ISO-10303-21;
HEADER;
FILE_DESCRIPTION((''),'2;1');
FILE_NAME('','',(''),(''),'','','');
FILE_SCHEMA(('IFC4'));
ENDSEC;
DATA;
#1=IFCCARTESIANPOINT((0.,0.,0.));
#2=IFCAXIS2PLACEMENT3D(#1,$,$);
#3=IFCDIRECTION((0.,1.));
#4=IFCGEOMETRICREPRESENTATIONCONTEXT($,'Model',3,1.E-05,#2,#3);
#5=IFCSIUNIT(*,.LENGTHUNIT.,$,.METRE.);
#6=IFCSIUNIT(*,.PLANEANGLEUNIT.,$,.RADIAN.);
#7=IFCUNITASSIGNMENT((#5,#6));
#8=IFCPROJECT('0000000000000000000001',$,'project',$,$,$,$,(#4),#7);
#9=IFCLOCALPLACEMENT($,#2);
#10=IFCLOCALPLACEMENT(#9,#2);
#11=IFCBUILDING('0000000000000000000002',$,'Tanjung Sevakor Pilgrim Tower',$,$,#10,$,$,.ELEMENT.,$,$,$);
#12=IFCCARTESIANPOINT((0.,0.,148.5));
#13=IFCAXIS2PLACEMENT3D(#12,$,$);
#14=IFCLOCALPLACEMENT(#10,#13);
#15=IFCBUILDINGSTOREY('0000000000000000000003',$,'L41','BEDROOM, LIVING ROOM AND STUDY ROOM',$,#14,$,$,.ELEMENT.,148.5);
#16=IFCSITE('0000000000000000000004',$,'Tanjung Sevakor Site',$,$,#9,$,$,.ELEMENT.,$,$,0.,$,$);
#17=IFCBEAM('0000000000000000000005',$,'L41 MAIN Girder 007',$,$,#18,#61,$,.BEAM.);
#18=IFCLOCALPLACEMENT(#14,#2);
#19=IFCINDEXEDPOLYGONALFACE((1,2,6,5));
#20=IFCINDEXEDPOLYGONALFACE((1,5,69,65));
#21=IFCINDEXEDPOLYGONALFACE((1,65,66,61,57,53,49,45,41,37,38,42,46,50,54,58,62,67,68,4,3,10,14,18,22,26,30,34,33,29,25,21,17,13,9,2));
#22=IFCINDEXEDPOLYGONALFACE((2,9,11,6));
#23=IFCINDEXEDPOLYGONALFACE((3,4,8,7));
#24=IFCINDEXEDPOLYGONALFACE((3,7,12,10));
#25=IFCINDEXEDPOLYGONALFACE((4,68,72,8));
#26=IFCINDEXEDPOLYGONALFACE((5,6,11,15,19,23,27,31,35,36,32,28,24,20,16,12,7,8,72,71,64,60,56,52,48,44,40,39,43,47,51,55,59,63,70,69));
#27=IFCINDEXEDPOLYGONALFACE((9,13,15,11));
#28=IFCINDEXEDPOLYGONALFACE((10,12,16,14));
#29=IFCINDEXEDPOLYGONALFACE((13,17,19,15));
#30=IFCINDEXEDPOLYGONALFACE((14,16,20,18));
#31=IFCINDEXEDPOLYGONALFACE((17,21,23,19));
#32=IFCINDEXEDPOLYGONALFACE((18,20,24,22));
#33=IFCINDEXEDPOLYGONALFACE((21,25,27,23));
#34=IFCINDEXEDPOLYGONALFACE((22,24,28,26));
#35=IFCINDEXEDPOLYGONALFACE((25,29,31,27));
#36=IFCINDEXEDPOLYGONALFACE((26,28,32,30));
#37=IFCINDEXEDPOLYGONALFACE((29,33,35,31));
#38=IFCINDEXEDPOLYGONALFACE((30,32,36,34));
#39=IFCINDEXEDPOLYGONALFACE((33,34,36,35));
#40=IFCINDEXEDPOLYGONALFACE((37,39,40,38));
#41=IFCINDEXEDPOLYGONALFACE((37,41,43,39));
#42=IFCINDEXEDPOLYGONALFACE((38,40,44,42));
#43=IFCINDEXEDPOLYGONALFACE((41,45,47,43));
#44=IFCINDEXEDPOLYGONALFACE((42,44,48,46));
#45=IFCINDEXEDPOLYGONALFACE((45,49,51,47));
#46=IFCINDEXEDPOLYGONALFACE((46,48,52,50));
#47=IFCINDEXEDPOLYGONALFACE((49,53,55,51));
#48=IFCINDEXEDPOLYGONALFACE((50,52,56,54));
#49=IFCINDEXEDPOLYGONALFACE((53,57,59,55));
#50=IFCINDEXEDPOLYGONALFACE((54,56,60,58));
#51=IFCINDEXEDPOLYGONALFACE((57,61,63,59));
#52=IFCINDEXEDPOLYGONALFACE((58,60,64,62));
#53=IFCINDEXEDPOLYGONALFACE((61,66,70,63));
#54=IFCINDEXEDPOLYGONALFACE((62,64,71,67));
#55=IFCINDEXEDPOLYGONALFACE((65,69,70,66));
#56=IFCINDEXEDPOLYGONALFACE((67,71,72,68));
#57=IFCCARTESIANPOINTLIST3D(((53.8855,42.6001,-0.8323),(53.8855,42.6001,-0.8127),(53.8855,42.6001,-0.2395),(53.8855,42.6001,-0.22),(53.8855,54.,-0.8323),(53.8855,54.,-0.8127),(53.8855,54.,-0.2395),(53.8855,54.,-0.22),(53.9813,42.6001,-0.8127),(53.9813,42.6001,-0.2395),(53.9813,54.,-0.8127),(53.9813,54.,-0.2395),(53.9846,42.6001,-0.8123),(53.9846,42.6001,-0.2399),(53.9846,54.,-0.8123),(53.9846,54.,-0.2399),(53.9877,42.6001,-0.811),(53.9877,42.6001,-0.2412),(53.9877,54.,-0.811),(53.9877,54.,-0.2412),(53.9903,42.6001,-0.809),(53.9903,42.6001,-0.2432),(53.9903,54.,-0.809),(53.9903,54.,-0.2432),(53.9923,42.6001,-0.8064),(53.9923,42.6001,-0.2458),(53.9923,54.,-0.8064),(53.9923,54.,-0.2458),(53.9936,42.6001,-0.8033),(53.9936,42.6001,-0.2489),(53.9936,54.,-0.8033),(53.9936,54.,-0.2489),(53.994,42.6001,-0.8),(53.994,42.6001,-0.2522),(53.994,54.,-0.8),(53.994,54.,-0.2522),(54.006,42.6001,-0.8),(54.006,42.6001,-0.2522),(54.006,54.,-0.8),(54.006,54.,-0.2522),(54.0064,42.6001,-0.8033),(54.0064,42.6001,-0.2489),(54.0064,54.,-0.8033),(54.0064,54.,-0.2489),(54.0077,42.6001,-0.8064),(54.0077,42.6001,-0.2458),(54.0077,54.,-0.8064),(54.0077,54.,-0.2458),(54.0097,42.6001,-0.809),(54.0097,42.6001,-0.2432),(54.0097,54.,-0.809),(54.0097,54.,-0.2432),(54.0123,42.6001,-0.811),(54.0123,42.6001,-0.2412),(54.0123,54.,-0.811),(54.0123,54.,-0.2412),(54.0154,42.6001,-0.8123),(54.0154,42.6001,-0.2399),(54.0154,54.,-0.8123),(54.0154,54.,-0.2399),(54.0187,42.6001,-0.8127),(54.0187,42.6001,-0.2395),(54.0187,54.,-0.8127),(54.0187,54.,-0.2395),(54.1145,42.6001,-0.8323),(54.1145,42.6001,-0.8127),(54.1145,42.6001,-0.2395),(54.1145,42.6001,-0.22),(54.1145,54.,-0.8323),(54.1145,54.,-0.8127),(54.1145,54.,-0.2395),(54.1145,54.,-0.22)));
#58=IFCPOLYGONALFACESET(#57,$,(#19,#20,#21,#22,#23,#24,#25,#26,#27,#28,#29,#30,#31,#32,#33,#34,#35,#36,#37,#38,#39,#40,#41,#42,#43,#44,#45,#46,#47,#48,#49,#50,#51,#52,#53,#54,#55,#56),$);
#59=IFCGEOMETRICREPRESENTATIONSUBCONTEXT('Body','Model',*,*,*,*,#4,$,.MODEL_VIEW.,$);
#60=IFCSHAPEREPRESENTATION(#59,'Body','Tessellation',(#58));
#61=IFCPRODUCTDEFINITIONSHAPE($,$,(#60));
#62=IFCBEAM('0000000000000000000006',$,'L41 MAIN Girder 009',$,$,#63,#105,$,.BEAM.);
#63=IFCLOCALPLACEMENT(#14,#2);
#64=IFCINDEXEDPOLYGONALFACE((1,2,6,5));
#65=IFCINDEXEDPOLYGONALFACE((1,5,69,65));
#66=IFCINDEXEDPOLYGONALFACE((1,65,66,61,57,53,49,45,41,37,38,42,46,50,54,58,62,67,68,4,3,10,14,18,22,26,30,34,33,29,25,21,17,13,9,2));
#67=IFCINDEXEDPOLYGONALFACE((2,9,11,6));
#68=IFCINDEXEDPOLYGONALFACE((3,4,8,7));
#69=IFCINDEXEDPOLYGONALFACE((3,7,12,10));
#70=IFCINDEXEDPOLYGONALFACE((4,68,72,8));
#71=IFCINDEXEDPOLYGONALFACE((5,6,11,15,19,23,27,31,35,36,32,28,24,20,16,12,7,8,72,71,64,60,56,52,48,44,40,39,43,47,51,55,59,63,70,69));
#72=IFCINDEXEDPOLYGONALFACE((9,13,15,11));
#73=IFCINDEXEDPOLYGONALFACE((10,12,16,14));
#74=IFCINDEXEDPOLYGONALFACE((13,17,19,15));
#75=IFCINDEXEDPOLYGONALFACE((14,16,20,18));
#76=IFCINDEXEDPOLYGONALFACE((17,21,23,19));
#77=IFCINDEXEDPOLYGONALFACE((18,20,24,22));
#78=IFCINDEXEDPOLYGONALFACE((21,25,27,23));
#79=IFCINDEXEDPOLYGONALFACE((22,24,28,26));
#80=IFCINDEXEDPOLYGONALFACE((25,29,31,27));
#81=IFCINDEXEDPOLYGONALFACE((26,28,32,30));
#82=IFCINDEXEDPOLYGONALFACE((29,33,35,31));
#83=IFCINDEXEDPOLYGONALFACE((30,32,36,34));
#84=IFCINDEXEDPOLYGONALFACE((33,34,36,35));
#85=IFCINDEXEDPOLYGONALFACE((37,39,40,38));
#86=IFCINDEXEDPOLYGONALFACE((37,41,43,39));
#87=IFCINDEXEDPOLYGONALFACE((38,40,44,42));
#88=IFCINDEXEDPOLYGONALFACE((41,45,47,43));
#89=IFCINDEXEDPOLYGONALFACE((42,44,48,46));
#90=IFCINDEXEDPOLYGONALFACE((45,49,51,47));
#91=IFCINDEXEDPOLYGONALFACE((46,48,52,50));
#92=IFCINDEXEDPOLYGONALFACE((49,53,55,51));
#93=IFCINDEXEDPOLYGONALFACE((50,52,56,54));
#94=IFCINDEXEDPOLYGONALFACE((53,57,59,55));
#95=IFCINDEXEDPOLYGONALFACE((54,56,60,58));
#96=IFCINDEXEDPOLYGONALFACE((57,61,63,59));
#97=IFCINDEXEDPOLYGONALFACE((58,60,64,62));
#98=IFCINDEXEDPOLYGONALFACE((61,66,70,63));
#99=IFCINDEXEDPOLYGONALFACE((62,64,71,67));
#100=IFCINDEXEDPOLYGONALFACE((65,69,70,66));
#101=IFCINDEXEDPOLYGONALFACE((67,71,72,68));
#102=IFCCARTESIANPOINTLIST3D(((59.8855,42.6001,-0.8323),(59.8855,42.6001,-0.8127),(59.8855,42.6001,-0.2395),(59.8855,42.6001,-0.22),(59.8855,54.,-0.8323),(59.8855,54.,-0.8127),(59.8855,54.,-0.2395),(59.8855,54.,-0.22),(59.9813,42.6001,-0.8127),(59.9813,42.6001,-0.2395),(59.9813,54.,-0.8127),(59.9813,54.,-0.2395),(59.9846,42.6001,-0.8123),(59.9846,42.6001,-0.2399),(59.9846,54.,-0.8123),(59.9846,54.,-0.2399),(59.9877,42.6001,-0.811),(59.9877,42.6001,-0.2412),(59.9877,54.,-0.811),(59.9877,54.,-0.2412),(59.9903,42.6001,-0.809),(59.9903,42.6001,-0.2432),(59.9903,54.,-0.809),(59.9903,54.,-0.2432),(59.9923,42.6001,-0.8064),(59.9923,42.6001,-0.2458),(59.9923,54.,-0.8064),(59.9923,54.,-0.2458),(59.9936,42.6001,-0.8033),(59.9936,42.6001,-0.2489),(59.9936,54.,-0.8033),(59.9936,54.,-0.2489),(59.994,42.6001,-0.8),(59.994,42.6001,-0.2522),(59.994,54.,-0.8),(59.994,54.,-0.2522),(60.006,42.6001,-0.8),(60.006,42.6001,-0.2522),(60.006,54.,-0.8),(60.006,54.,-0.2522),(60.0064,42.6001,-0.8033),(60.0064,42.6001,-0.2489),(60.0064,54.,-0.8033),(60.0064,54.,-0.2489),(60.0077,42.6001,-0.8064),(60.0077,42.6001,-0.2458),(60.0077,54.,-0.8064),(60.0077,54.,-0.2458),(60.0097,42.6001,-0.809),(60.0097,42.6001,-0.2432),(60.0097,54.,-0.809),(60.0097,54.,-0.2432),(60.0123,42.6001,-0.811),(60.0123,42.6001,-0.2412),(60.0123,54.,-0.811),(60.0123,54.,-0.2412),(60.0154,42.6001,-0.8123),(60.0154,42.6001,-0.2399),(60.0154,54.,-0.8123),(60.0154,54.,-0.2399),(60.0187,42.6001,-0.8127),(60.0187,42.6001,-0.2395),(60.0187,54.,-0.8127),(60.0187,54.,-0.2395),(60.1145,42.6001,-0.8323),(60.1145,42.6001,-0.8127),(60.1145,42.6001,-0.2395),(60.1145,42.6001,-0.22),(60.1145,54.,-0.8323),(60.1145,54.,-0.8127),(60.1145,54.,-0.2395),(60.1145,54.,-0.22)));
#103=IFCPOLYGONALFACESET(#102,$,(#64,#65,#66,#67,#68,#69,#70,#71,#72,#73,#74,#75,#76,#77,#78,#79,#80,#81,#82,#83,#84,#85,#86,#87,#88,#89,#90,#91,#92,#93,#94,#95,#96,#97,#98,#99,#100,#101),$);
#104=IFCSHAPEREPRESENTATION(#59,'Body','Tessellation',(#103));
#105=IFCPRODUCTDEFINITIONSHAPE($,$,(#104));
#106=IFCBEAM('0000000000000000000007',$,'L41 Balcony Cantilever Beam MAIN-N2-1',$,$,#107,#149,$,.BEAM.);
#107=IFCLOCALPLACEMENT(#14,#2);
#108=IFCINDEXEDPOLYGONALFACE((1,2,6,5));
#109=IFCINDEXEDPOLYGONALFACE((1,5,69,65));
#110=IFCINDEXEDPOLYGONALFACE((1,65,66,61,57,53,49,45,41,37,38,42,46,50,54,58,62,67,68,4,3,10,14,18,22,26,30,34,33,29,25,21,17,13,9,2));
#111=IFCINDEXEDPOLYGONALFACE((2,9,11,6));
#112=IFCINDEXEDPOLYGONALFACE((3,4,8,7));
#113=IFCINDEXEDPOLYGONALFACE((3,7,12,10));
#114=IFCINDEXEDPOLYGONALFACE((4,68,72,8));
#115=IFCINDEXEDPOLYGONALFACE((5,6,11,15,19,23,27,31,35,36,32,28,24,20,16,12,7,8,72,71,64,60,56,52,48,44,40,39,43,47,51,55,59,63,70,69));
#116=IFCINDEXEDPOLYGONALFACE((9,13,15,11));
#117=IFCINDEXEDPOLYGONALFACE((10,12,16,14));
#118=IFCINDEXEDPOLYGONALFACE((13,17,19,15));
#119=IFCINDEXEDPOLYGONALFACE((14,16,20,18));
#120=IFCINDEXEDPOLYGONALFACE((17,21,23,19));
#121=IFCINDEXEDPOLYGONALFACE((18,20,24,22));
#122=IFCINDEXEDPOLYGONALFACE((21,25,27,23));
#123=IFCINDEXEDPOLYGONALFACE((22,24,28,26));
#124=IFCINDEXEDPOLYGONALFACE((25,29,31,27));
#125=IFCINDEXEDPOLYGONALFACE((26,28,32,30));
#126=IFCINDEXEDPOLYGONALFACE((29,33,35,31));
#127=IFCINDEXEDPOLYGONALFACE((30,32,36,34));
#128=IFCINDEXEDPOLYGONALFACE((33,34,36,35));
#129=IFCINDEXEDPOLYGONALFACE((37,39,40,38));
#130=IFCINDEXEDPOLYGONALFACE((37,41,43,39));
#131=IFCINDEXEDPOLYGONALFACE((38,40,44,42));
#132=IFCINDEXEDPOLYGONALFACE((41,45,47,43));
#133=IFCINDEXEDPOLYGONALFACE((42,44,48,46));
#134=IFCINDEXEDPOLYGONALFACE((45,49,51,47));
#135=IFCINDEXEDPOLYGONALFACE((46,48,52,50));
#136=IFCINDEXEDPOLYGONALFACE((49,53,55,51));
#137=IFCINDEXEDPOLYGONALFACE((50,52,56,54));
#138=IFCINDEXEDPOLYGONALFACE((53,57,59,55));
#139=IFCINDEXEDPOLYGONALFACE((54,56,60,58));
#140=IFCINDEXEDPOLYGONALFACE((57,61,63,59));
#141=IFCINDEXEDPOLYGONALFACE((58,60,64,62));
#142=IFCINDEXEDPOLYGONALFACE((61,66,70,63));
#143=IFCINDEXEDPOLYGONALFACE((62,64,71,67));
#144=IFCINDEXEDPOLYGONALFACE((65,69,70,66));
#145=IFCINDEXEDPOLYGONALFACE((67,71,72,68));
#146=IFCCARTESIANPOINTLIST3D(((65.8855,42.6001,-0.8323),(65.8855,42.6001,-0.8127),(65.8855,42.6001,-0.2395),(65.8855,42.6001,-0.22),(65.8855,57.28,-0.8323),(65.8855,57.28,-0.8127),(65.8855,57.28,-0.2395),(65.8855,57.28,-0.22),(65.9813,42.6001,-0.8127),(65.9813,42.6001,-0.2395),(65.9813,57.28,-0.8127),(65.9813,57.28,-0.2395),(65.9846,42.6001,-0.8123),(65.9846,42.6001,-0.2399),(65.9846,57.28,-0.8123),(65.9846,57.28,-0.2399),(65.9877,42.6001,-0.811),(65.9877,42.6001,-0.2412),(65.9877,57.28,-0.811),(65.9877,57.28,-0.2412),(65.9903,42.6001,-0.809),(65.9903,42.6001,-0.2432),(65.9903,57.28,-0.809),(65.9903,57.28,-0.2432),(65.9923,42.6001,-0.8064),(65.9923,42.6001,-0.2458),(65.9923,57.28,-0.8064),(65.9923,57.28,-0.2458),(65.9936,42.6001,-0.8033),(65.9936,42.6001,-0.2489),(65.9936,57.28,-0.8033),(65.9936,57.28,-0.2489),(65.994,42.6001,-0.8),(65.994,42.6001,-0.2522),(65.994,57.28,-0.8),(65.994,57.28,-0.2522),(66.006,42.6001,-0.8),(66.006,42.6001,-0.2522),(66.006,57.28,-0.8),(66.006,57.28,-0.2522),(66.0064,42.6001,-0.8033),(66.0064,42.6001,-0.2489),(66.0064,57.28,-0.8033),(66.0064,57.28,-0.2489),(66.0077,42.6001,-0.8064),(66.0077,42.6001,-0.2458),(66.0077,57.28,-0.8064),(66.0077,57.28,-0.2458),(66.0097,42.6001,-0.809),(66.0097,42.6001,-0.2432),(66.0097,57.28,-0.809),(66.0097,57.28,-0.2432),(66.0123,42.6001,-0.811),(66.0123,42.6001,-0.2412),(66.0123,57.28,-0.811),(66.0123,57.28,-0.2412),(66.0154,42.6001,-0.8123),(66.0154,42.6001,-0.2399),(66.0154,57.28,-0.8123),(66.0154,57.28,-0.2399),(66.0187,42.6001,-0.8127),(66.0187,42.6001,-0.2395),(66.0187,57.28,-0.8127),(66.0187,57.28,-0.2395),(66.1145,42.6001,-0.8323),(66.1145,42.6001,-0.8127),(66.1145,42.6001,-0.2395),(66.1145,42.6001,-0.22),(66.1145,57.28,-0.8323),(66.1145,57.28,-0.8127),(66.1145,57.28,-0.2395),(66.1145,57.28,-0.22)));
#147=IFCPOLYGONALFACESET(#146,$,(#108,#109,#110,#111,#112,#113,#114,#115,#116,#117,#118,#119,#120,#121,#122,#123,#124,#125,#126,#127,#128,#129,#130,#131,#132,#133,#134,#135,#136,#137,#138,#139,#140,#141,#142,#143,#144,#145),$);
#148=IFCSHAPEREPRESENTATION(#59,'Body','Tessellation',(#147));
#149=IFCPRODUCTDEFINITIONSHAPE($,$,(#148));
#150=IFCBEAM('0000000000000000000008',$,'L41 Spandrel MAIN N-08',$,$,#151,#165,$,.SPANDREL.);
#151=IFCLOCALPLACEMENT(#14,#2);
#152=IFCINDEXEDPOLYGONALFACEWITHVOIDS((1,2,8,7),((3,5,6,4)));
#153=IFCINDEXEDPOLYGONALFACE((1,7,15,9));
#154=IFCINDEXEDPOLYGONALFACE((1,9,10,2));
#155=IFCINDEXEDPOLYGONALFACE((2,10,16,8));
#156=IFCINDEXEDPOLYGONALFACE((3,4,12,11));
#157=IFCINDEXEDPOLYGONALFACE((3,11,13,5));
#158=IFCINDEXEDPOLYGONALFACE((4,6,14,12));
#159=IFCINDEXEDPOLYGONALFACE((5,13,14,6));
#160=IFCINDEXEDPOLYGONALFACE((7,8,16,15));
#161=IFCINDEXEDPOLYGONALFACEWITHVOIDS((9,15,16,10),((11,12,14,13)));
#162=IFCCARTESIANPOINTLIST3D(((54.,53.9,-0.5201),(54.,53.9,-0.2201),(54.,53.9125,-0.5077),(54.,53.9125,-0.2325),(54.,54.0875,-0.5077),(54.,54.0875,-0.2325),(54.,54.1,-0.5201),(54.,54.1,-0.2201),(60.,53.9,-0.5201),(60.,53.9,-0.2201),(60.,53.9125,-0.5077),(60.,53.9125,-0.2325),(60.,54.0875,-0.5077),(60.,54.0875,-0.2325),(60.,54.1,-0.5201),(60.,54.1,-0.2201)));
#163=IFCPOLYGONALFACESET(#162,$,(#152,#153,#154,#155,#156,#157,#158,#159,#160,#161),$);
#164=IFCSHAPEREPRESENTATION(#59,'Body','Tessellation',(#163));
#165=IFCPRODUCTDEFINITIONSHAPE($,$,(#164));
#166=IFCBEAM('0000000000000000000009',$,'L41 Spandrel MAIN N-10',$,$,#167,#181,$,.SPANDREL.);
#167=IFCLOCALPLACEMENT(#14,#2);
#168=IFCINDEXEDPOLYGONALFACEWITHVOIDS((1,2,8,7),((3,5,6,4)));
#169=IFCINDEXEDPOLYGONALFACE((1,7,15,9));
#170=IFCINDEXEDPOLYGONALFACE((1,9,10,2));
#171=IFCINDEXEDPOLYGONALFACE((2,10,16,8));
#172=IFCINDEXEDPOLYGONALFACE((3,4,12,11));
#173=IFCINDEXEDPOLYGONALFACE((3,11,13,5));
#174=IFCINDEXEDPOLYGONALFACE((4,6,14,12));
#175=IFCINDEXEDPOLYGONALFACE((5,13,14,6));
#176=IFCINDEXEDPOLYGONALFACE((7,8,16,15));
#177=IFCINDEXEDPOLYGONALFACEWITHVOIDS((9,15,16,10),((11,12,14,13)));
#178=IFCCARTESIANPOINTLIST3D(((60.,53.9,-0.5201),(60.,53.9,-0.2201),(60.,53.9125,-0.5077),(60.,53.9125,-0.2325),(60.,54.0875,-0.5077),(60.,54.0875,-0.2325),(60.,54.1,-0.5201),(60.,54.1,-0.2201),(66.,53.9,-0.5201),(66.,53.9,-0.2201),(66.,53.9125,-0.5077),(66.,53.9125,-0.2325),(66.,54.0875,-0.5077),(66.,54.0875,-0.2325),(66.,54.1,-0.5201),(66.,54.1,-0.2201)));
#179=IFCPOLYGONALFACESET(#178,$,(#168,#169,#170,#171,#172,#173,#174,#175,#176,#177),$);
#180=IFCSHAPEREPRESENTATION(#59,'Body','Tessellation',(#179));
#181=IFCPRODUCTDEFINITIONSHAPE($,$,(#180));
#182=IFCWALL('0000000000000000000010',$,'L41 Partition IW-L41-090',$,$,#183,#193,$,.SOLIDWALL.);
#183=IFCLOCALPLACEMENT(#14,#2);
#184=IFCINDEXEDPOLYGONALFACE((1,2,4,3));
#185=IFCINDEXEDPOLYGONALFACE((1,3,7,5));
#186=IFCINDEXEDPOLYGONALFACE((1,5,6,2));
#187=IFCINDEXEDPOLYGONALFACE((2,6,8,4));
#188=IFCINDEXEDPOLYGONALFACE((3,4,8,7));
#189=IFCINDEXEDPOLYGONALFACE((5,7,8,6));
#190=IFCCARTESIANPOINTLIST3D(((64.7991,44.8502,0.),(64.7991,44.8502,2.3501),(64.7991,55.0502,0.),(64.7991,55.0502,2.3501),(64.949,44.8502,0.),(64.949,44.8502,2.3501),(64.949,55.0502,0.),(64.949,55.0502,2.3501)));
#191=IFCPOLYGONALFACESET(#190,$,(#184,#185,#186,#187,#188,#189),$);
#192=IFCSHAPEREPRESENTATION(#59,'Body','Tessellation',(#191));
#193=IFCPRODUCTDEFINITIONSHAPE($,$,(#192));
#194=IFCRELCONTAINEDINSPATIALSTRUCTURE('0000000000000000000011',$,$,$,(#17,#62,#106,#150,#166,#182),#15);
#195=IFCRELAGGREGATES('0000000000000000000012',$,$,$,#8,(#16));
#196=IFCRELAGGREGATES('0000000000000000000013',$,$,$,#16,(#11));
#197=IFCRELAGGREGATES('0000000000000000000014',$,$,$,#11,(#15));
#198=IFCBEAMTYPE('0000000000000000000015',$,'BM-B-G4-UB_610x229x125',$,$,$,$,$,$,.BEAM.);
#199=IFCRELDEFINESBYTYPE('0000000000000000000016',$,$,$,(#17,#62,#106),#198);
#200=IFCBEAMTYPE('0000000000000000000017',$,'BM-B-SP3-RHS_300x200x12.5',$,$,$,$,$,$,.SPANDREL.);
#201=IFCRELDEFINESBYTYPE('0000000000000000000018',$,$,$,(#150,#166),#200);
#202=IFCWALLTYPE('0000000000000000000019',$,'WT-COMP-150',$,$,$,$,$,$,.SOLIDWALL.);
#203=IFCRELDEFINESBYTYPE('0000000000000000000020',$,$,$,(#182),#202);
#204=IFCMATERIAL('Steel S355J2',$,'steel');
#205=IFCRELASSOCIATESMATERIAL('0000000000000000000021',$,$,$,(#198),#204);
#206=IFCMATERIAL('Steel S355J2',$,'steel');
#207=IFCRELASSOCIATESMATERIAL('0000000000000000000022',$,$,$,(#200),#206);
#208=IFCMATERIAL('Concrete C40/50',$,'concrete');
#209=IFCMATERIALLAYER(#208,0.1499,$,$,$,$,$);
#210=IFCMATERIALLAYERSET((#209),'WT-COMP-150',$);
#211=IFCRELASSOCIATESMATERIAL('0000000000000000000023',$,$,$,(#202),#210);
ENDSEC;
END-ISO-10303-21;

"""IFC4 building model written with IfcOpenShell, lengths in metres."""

from ifc_helpers import new_model, si_unit, direction, frame, frame_2d, origin, origin_2d, place, context, subcontext, project, spatial, rectangle, hollow_rectangle, i_section, extrude, material, layer, layer_set, material_profile, profile_set, type_object, element, save


model = new_model("IFC4")

# Units and contexts
model_context = context("Model", 3, precision=1e-05, world=origin(), true_north=direction((0.0, 1.0)))
body_context = subcontext(model_context, "Body", "Model", "MODEL_VIEW")
ifc_project = project(units=[si_unit("LENGTHUNIT", "METRE"), si_unit("PLANEANGLEUNIT", "RADIAN")], contexts=[model_context])

# Site, building, storey
site_placement = place(None, origin())
site = spatial("IfcSite", under=ifc_project, at=site_placement, Name="Tanjung Sevakor Site", CompositionType="ELEMENT", RefElevation=0.0)
building_placement = place(site_placement, origin())
building = spatial("IfcBuilding", under=site, at=building_placement, Name="Tanjung Sevakor Pilgrim Tower", CompositionType="ELEMENT")
storey_placement = place(building_placement, frame((0.0, 0.0, 148.5)))
storey = spatial("IfcBuildingStorey", under=building, at=storey_placement, Name="L41", Description="BEDROOM, LIVING ROOM AND STUDY ROOM", CompositionType="ELEMENT", Elevation=148.5)

# Beams
ifc_material_1 = material(Name="Steel S355J2", Category="steel")
ifc_material_profile_1 = material_profile(ifc_material_1, i_section(OverallWidth=0.229, OverallDepth=0.6123, WebThickness=0.012, FlangeThickness=0.0195, FilletRadius=0.0127, at=origin_2d()))
ifc_profile_set_1 = profile_set([ifc_material_profile_1], Name="Steel S355J2")
beam_type_1 = type_object("IfcBeamType", Name="BM-B-G4-UB_610x229x125", PredefinedType="BEAM", material=ifc_profile_set_1)
for number, where, z_axis, x_axis, name in (
    (1, (54.0, 42.6001, -0.5261), (0.0, 1.0, 0.0), (-1.0, 0.0, 0.0), "L41 MAIN Girder 007"),
    (2, (60.0, 42.6001, -0.5261), (0.0, 1.0, 0.0), (-1.0, 0.0, 0.0), "L41 MAIN Girder 009"),
):
    element("IfcBeam", number, at=place(storey_placement, frame(where, z_axis=z_axis, x_axis=x_axis)), inside=storey, type_object=beam_type_1, Name=name, PredefinedType="BEAM", context=body_context, shape_type="SweptSolid", body=[
        extrude(i_section(OverallWidth=0.229, OverallDepth=0.6123, WebThickness=0.012, FlangeThickness=0.0195, FilletRadius=0.0127, at=origin_2d()), origin(), (0.0, 0.0, 1.0), 11.3999),
    ])
beam_placement = place(storey_placement, frame((66.0, 42.6001, -0.5261), z_axis=(0.0, 1.0, 0.0), x_axis=(-1.0, 0.0, 0.0)))
element("IfcBeam", 3, at=beam_placement, inside=storey, type_object=beam_type_1, Name="L41 Balcony Cantilever Beam MAIN-N2-1", PredefinedType="BEAM", context=body_context, shape_type="SweptSolid", body=[
    extrude(i_section(OverallWidth=0.229, OverallDepth=0.6123, WebThickness=0.012, FlangeThickness=0.0195, FilletRadius=0.0127, at=origin_2d()), origin(), (0.0, 0.0, 1.0), 14.6799),
])
ifc_material_2 = material(Name="Steel S355J2", Category="steel")
ifc_material_profile_2 = material_profile(ifc_material_2, hollow_rectangle(XDim=0.2, YDim=0.3, WallThickness=0.0125, at=origin_2d()))
ifc_profile_set_2 = profile_set([ifc_material_profile_2], Name="Steel S355J2")
beam_type_2 = type_object("IfcBeamType", Name="BM-B-SP3-RHS_300x200x12.5", PredefinedType="SPANDREL", material=ifc_profile_set_2)
for number, where, z_axis, x_axis, name in (
    (4, (54.0, 54.0, -0.3701), (1.0, 0.0, 0.0), (0.0, 1.0, 0.0), "L41 Spandrel MAIN N-08"),
    (5, (60.0, 54.0, -0.3701), (1.0, 0.0, 0.0), (0.0, 1.0, 0.0), "L41 Spandrel MAIN N-10"),
):
    element("IfcBeam", number, at=place(storey_placement, frame(where, z_axis=z_axis, x_axis=x_axis)), inside=storey, type_object=beam_type_2, Name=name, PredefinedType="SPANDREL", context=body_context, shape_type="SweptSolid", body=[
        extrude(hollow_rectangle(XDim=0.2, YDim=0.3, WallThickness=0.0125, at=origin_2d()), origin(), (0.0, 0.0, 1.0), 6.0),
    ])

# Wall
ifc_material_3 = material(Name="Concrete C40/50", Category="concrete")
ifc_layer_1 = layer(ifc_material_3, 0.1499)
ifc_layer_set_1 = layer_set([ifc_layer_1], Name="WT-COMP-150")
wall_type_1 = type_object("IfcWallType", Name="WT-COMP-150", PredefinedType="SOLIDWALL", material=ifc_layer_set_1)
wall_1_placement = place(storey_placement, frame((64.874, 44.8501, 0.0), z_axis=(0.0, 0.0, 1.0), x_axis=(0.0, 1.0, 0.0)))
element("IfcWall", 6, at=wall_1_placement, inside=storey, type_object=wall_type_1, Name="L41 Partition IW-L41-090", PredefinedType="SOLIDWALL", context=body_context, shape_type="SweptSolid", body=[
    extrude(rectangle(XDim=10.2, YDim=0.1499, at=frame_2d((5.1001, 0.0))), origin(), (0.0, 0.0, 1.0), 2.3501),
])

save(model, "model.ifc")
